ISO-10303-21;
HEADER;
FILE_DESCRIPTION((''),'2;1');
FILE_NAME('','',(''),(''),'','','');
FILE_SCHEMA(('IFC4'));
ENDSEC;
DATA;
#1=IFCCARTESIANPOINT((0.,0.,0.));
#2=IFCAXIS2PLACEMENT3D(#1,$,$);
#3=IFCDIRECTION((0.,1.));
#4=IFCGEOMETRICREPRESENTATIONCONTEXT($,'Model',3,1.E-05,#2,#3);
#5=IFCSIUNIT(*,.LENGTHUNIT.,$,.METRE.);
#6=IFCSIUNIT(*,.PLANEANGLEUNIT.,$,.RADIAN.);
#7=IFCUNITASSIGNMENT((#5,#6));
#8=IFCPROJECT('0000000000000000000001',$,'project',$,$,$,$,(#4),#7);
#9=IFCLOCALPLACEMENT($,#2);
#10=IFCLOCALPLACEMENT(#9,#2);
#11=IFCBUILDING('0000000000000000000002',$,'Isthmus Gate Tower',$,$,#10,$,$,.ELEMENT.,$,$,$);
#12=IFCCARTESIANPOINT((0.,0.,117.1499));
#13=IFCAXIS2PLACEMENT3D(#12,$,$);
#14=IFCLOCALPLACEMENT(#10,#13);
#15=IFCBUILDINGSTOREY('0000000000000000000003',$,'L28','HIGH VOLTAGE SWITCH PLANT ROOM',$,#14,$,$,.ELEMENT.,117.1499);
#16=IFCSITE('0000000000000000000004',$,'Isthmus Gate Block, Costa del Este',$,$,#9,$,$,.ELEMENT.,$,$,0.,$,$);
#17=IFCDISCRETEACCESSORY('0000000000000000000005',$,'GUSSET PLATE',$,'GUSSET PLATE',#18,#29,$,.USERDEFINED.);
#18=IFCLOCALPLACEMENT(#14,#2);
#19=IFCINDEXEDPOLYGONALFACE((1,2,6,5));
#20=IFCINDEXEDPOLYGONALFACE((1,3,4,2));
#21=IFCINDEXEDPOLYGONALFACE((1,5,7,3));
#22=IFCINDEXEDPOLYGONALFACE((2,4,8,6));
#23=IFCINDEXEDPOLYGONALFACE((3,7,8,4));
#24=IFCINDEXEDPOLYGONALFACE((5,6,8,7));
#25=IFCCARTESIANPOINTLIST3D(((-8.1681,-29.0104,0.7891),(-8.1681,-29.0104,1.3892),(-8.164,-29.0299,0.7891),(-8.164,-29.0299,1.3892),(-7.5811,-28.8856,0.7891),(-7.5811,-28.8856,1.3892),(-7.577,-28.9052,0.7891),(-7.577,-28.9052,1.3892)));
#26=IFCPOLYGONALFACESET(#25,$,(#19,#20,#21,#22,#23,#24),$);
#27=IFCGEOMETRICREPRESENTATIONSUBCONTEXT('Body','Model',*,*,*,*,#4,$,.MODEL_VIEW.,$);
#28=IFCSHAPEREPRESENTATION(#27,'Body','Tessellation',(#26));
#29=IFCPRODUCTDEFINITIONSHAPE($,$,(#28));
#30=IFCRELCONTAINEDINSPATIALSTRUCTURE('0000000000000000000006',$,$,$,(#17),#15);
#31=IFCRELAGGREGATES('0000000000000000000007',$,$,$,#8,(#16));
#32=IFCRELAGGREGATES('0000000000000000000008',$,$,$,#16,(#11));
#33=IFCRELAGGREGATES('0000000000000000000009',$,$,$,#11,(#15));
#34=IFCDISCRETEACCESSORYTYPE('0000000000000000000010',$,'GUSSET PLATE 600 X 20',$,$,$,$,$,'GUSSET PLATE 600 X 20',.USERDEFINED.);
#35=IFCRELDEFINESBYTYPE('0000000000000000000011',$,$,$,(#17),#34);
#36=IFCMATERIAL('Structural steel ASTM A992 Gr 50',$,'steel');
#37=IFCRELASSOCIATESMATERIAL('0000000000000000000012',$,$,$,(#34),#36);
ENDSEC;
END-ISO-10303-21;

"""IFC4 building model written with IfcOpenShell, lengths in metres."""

from ifc_helpers import new_model, si_unit, direction, frame, origin, origin_2d, place, context, subcontext, project, spatial, rectangle, extrude, material, type_object, element, save


model = new_model("IFC4")

# Units and contexts
model_context = context("Model", 3, precision=1e-05, world=origin(), true_north=direction((0.0, 1.0)))
body_context = subcontext(model_context, "Body", "Model", "MODEL_VIEW")
ifc_project = project(units=[si_unit("LENGTHUNIT", "METRE"), si_unit("PLANEANGLEUNIT", "RADIAN")], contexts=[model_context])

# Site, building, storey
site_placement = place(None, origin())
site = spatial("IfcSite", under=ifc_project, at=site_placement, Name="Isthmus Gate Block, Costa del Este", CompositionType="ELEMENT", RefElevation=0.0)
building_placement = place(site_placement, origin())
building = spatial("IfcBuilding", under=site, at=building_placement, Name="Isthmus Gate Tower", CompositionType="ELEMENT")
storey_placement = place(building_placement, frame((0.0, 0.0, 117.1499)))
storey = spatial("IfcBuildingStorey", under=building, at=storey_placement, Name="L28", Description="HIGH VOLTAGE SWITCH PLANT ROOM", CompositionType="ELEMENT", Elevation=117.1499)

# Discrete accessory
ifc_material_1 = material(Name="Structural steel ASTM A992 Gr 50", Category="steel")
discrete_accessory_type_1 = type_object("IfcDiscreteAccessoryType", Name="GUSSET PLATE 600 X 20", ElementType="GUSSET PLATE 600 X 20", PredefinedType="USERDEFINED", material=ifc_material_1)
for number, where, z_axis, x_axis, name in (
    (1, (-7.8726, -28.9578, 0.7891), (0.0, 0.0, 1.0), (-0.978148, -0.207912, 0.0), "GUSSET PLATE"),
):
    element("IfcDiscreteAccessory", number, at=place(storey_placement, frame(where, z_axis=z_axis, x_axis=x_axis)), inside=storey, type_object=discrete_accessory_type_1, Name=name, ObjectType="GUSSET PLATE", PredefinedType="USERDEFINED", context=body_context, shape_type="SweptSolid", body=[
        extrude(rectangle(XDim=0.6001, YDim=0.02, at=origin_2d()), origin(), (0.0, 0.0, 1.0), 0.6001),
    ])

save(model, "model.ifc")
